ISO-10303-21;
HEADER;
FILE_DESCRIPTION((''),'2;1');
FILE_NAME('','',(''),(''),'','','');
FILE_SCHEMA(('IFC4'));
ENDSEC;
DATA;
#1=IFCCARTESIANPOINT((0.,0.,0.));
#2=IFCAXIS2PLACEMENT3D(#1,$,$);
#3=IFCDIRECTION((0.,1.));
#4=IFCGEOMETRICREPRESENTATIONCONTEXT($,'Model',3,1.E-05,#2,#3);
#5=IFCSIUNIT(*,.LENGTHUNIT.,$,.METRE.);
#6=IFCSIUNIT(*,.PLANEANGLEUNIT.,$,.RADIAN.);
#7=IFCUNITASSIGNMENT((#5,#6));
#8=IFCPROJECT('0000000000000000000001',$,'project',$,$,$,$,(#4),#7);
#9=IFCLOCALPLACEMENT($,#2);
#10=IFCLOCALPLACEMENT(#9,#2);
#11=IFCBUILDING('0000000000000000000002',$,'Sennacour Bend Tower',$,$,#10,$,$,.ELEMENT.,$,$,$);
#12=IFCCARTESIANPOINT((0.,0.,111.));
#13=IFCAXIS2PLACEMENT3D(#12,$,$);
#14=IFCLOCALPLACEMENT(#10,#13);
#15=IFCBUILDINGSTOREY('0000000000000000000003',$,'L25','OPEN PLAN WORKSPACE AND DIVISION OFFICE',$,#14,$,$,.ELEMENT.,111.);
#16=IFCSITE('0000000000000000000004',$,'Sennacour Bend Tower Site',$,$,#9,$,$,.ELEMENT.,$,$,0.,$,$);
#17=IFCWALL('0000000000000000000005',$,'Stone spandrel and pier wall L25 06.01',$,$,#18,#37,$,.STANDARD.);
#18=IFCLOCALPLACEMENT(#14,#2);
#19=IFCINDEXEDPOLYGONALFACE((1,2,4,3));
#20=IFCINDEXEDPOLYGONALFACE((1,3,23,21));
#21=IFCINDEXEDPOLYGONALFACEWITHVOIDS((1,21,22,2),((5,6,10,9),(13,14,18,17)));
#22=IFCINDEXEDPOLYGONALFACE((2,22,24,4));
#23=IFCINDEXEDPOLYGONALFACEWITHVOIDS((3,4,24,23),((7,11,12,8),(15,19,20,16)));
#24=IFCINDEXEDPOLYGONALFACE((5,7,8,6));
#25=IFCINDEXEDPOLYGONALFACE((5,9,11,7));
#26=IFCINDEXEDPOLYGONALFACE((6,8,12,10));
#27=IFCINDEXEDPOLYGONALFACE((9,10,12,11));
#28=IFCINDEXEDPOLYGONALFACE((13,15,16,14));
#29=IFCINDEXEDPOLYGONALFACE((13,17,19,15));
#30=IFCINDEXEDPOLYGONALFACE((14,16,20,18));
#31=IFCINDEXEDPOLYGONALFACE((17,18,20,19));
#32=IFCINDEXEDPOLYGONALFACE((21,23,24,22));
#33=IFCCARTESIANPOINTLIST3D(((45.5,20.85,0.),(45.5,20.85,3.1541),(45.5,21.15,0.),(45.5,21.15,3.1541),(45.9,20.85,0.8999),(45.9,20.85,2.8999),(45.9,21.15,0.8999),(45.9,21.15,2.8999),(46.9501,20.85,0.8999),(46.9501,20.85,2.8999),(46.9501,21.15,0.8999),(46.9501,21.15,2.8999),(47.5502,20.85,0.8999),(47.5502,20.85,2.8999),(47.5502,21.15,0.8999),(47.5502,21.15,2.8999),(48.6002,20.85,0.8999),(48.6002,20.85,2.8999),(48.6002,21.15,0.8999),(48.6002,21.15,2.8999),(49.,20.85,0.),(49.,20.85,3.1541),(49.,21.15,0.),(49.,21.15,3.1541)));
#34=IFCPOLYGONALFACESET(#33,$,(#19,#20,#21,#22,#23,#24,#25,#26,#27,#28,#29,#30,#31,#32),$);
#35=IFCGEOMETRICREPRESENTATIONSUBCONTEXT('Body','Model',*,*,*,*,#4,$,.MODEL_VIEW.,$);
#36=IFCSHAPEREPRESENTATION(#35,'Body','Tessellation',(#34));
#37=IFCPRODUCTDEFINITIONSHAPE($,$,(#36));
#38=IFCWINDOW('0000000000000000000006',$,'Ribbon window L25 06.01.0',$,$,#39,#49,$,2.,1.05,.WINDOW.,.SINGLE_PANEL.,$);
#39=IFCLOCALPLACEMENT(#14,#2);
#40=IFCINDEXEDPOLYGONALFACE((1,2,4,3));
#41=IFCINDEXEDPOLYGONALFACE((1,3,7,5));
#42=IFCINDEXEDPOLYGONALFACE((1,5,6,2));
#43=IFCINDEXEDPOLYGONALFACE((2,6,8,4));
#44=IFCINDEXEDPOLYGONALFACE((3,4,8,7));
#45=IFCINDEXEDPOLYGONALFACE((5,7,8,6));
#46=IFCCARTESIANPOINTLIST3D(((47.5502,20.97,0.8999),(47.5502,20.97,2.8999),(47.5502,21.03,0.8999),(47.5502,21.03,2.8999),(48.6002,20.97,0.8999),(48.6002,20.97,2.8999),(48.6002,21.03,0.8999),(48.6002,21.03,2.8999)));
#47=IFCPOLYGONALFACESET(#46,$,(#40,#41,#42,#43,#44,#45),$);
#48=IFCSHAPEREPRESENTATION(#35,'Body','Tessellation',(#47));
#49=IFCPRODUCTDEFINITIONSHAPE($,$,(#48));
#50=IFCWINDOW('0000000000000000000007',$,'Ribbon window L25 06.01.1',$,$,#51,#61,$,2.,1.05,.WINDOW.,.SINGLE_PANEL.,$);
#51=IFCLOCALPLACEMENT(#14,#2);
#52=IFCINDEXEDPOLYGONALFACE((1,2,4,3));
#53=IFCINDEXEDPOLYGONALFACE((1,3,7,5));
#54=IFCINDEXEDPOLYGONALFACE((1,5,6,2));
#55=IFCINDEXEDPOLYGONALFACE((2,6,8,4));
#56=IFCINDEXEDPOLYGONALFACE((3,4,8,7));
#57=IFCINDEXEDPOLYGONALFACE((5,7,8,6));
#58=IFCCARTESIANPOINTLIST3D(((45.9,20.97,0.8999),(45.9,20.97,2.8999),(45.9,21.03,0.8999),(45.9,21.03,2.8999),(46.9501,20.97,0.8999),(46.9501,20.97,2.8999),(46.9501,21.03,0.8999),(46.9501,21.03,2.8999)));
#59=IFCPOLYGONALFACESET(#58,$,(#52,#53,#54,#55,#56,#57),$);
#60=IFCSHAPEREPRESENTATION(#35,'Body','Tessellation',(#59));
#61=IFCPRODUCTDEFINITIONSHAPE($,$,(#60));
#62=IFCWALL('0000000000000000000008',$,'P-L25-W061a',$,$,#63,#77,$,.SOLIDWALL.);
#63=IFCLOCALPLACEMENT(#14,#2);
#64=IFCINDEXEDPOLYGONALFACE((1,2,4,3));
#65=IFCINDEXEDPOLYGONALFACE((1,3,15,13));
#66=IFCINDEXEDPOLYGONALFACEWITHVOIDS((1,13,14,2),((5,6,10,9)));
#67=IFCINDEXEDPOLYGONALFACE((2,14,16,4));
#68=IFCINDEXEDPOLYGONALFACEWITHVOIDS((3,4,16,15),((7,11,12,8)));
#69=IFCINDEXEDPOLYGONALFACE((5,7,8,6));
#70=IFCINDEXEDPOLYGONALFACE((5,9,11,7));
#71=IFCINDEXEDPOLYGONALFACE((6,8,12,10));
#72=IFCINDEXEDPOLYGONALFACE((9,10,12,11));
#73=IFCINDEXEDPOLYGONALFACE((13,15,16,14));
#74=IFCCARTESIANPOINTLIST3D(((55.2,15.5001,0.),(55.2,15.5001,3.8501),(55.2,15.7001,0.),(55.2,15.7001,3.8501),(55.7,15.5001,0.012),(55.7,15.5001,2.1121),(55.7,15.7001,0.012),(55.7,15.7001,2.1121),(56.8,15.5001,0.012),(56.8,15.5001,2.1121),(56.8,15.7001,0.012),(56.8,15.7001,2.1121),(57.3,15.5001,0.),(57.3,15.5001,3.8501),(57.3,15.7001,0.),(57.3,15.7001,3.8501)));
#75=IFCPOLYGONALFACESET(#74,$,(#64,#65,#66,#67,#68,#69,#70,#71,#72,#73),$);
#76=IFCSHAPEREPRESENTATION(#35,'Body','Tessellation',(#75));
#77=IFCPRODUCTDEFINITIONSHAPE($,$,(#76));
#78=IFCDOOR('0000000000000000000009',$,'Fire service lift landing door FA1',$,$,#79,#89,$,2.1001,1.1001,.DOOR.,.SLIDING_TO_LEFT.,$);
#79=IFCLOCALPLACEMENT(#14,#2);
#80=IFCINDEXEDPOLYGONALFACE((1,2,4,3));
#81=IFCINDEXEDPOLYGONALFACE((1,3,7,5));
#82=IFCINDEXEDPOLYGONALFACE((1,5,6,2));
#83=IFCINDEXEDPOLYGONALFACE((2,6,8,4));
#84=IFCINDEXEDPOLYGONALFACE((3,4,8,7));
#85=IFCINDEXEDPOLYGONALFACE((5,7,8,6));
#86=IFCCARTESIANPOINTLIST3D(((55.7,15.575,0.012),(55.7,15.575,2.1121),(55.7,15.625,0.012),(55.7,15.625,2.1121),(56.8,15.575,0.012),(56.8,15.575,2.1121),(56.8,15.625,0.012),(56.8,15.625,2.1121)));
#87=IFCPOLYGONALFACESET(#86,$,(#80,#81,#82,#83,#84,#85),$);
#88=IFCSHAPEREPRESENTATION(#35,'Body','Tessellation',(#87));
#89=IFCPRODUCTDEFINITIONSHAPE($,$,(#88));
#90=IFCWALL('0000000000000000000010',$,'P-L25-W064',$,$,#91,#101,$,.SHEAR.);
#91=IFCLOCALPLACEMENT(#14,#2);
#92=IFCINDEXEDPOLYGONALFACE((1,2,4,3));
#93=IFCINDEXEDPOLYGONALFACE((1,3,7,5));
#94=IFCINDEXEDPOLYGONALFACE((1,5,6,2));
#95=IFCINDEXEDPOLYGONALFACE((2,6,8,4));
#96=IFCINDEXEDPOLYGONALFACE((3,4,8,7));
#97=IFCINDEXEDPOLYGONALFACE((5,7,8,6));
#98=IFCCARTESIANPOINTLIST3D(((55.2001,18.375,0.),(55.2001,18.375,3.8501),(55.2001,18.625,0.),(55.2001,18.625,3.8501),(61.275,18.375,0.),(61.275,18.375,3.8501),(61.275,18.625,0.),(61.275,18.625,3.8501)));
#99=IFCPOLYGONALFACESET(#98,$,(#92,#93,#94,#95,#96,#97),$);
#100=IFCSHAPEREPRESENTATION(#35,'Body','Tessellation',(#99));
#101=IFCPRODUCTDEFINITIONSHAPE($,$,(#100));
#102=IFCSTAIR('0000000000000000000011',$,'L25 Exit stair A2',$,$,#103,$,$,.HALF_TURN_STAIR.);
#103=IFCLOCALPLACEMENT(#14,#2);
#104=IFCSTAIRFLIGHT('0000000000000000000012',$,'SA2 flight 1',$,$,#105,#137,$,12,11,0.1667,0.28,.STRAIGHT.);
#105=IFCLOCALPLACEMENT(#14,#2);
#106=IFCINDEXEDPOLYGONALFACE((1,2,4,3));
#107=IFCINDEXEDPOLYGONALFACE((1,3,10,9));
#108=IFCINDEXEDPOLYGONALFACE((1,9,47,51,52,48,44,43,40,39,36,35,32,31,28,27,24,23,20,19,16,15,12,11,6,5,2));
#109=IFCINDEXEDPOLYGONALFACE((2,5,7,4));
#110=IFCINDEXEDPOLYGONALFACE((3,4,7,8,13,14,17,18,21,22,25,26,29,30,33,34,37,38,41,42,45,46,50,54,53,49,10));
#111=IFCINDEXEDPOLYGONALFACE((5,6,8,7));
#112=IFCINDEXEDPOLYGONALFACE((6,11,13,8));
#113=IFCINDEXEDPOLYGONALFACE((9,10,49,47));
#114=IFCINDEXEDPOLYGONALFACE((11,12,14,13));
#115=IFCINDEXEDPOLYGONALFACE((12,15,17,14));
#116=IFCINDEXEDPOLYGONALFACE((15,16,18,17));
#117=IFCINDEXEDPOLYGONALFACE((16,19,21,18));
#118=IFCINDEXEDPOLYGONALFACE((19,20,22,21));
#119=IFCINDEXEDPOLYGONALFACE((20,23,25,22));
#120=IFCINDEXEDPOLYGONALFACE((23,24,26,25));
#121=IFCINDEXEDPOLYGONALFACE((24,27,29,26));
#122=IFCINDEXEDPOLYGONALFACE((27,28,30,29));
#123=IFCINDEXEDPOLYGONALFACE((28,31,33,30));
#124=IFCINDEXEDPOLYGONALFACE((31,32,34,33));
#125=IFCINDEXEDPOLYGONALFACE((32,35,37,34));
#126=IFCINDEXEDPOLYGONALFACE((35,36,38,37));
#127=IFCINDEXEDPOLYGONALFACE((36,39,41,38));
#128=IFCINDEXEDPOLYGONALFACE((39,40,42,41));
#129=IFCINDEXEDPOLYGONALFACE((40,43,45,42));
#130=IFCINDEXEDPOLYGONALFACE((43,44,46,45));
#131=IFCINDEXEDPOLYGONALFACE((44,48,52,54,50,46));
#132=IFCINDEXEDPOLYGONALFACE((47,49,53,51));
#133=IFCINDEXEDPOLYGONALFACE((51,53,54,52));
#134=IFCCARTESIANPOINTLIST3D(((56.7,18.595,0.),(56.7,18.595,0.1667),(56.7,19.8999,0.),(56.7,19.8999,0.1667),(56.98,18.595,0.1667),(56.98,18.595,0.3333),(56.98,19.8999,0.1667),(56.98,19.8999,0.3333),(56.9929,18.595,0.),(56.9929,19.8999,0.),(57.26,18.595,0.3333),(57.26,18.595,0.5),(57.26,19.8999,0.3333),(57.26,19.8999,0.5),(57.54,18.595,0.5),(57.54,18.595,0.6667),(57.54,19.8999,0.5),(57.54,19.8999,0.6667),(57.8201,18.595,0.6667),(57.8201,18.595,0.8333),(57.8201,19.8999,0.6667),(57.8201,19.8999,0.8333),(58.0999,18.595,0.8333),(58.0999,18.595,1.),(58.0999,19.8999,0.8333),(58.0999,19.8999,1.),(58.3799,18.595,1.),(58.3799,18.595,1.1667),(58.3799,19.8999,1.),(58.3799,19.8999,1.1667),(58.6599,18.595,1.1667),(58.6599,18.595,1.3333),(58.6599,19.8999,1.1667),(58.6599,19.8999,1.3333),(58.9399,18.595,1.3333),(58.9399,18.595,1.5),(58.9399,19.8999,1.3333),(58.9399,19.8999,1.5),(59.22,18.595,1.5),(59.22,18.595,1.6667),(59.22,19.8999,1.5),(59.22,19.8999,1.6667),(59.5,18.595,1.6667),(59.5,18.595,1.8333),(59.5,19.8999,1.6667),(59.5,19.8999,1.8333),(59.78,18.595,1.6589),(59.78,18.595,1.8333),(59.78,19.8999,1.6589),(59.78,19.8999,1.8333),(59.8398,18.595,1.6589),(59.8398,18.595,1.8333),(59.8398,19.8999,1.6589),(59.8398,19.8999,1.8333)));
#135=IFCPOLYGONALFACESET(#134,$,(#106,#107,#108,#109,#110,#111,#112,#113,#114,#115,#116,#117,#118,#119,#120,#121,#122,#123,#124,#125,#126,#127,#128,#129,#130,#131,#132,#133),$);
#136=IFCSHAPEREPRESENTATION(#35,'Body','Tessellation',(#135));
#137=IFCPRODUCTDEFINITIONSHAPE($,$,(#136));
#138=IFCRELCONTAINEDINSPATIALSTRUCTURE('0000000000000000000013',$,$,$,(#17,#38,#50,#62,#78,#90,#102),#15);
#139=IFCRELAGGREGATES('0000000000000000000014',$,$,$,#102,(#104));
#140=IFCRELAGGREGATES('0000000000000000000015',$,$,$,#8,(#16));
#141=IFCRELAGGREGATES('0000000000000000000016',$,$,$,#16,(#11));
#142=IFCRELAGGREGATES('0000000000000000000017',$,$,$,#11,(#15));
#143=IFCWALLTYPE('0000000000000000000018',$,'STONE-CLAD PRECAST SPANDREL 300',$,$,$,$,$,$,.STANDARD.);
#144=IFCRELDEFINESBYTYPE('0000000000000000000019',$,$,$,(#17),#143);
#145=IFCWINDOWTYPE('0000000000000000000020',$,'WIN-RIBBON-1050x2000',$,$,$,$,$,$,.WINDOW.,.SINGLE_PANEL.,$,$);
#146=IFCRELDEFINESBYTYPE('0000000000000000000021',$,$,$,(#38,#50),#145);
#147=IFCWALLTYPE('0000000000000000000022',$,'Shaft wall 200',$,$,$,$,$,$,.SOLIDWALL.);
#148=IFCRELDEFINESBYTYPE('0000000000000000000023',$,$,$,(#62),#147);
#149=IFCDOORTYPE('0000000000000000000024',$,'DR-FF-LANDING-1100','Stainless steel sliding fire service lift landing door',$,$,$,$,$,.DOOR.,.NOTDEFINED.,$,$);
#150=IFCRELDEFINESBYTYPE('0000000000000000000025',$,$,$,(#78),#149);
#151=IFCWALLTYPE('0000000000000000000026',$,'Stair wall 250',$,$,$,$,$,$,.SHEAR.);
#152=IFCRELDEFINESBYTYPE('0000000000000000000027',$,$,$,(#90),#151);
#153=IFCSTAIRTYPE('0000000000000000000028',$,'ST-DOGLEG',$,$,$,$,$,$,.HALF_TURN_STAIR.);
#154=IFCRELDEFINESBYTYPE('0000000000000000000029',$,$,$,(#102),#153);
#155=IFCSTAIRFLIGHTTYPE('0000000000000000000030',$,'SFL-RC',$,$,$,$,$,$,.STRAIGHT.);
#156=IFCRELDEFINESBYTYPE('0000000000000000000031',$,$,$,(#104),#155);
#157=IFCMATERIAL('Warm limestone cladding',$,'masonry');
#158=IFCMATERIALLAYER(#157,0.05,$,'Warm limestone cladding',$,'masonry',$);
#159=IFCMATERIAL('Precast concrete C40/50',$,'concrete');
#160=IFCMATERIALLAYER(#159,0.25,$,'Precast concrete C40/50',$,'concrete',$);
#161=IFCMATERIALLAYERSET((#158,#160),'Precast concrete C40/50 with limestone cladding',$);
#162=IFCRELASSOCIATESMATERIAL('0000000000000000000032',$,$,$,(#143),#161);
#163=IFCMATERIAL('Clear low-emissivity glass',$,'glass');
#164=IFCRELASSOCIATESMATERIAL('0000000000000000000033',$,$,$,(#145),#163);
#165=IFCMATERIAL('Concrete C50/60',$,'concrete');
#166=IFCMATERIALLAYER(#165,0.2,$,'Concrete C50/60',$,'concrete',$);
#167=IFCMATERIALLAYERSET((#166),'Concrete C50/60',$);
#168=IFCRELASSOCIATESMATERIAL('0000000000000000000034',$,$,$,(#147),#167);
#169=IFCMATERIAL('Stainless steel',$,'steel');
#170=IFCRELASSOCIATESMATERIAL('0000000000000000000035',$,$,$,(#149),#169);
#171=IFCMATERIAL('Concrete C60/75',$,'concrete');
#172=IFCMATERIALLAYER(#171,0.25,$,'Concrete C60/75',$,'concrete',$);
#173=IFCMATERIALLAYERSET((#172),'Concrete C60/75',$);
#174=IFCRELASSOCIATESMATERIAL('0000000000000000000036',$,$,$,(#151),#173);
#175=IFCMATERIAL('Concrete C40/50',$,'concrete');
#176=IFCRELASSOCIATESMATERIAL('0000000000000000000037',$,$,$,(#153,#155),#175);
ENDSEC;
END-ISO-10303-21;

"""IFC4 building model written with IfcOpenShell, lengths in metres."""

from ifc_helpers import new_model, si_unit, direction, frame, frame_2d, origin, place, context, subcontext, project, spatial, polyline, rectangle, outline, extrude, material, layer, layer_set, type_object, element, fill, aggregate, save


model = new_model("IFC4")

# Units and contexts
model_context = context("Model", 3, precision=1e-05, world=origin(), true_north=direction((0.0, 1.0)))
body_context = subcontext(model_context, "Body", "Model", "MODEL_VIEW")
ifc_project = project(units=[si_unit("LENGTHUNIT", "METRE"), si_unit("PLANEANGLEUNIT", "RADIAN")], contexts=[model_context])

# Site, building, storey
site_placement = place(None, origin())
site = spatial("IfcSite", under=ifc_project, at=site_placement, Name="Sennacour Bend Tower Site", CompositionType="ELEMENT", RefElevation=0.0)
building_placement = place(site_placement, origin())
building = spatial("IfcBuilding", under=site, at=building_placement, Name="Sennacour Bend Tower", CompositionType="ELEMENT")
storey_placement = place(building_placement, frame((0.0, 0.0, 111.0)))
storey = spatial("IfcBuildingStorey", under=building, at=storey_placement, Name="L25", Description="OPEN PLAN WORKSPACE AND DIVISION OFFICE", CompositionType="ELEMENT", Elevation=111.0)

# Wall, openings, windows
ifc_material_1 = material(Name="Warm limestone cladding", Category="masonry")
ifc_layer_1 = layer(ifc_material_1, 0.05, Name="Warm limestone cladding", Category="masonry")
ifc_material_2 = material(Name="Precast concrete C40/50", Category="concrete")
ifc_layer_2 = layer(ifc_material_2, 0.25, Name="Precast concrete C40/50", Category="concrete")
ifc_layer_set_1 = layer_set([ifc_layer_1, ifc_layer_2], Name="Precast concrete C40/50 with limestone cladding")
wall_type_1 = type_object("IfcWallType", Name="STONE-CLAD PRECAST SPANDREL 300", PredefinedType="STANDARD", material=ifc_layer_set_1)
ifc_material_3 = material(Name="Clear low-emissivity glass", Category="glass")
window_type_1 = type_object("IfcWindowType", Name="WIN-RIBBON-1050x2000", PartitioningType="SINGLE_PANEL", PredefinedType="WINDOW", material=ifc_material_3)
wall_1_placement = place(storey_placement, frame((49.0, 21.0, 0.0), z_axis=(0.0, 0.0, 1.0), x_axis=(-1.0, 0.0, 0.0)))
wall_1 = element("IfcWall", 1, at=wall_1_placement, inside=storey, type_object=wall_type_1, Name="Stone spandrel and pier wall L25 06.01", PredefinedType="STANDARD", context=body_context, shape_type="SweptSolid", body=[
    extrude(rectangle(XDim=3.5, YDim=0.3, at=frame_2d((1.75, 0.0))), origin(), (0.0, 0.0, 1.0), 3.1541),
])
opening_1_placement = place(wall_1_placement, frame((0.3999, 0.0, 0.8999)))
opening_1 = element("IfcOpeningElement", 2, at=opening_1_placement, cuts=wall_1, PredefinedType="OPENING", context=body_context, shape_type="SweptSolid", body=[
    extrude(rectangle(XDim=1.05, YDim=2.0, at=frame_2d((0.5249, 1.0))), frame((0.0, 0.1602, 0.0), z_axis=(0.0, -1.0, 0.0), x_axis=(1.0, 0.0, 0.0)), (0.0, 0.0, 1.0), 0.3201),
])
opening_2_placement = place(wall_1_placement, frame((2.05, 0.0, 0.8999)))
opening_2 = element("IfcOpeningElement", 3, at=opening_2_placement, cuts=wall_1, PredefinedType="OPENING", context=body_context, shape_type="SweptSolid", body=[
    extrude(rectangle(XDim=1.05, YDim=2.0, at=frame_2d((0.5249, 1.0))), frame((0.0, 0.1602, 0.0), z_axis=(0.0, -1.0, 0.0), x_axis=(1.0, 0.0, 0.0)), (0.0, 0.0, 1.0), 0.3201),
])
window_1_placement = place(opening_1_placement, origin())
window_1 = element("IfcWindow", 4, at=window_1_placement, inside=storey, type_object=window_type_1, Name="Ribbon window L25 06.01.0", OverallHeight=2.0, OverallWidth=1.05, PartitioningType="SINGLE_PANEL", PredefinedType="WINDOW", context=body_context, shape_type="SweptSolid", body=[
    extrude(rectangle(XDim=1.05, YDim=2.0, at=frame_2d((0.5249, 1.0))), frame((0.0, 0.03, 0.0), z_axis=(0.0, -1.0, 0.0), x_axis=(1.0, 0.0, 0.0)), (0.0, 0.0, 1.0), 0.0601),
])
fill(opening_1, window_1)
window_2_placement = place(opening_2_placement, origin())
window_2 = element("IfcWindow", 5, at=window_2_placement, inside=storey, type_object=window_type_1, Name="Ribbon window L25 06.01.1", OverallHeight=2.0, OverallWidth=1.05, PartitioningType="SINGLE_PANEL", PredefinedType="WINDOW", context=body_context, shape_type="SweptSolid", body=[
    extrude(rectangle(XDim=1.05, YDim=2.0, at=frame_2d((0.5249, 1.0))), frame((0.0, 0.03, 0.0), z_axis=(0.0, -1.0, 0.0), x_axis=(1.0, 0.0, 0.0)), (0.0, 0.0, 1.0), 0.0601),
])
fill(opening_2, window_2)

# Wall, opening, door
ifc_material_4 = material(Name="Concrete C50/60", Category="concrete")
ifc_layer_3 = layer(ifc_material_4, 0.2, Name="Concrete C50/60", Category="concrete")
ifc_layer_set_2 = layer_set([ifc_layer_3], Name="Concrete C50/60")
wall_type_2 = type_object("IfcWallType", Name="Shaft wall 200", PredefinedType="SOLIDWALL", material=ifc_layer_set_2)
wall_2_placement = place(storey_placement, frame((55.2, 15.6001, 0.0), z_axis=(0.0, 0.0, 1.0), x_axis=(1.0, 0.0, 0.0)))
wall_2 = element("IfcWall", 6, at=wall_2_placement, inside=storey, type_object=wall_type_2, Name="P-L25-W061a", PredefinedType="SOLIDWALL", context=body_context, shape_type="SweptSolid", body=[
    extrude(rectangle(XDim=2.1001, YDim=0.2, at=frame_2d((1.05, 0.0))), origin(), (0.0, 0.0, 1.0), 3.8501),
])
opening_3_placement = place(wall_2_placement, frame((0.5, 0.0, 0.012)))
opening_3 = element("IfcOpeningElement", 7, at=opening_3_placement, cuts=wall_2, PredefinedType="OPENING", context=body_context, shape_type="SweptSolid", body=[
    extrude(rectangle(XDim=1.1001, YDim=2.1001, at=frame_2d((0.55, 1.05))), frame((0.0, 0.1099, 0.0), z_axis=(0.0, -1.0, 0.0), x_axis=(1.0, 0.0, 0.0)), (0.0, 0.0, 1.0), 0.22),
])
ifc_material_5 = material(Name="Stainless steel", Category="steel")
door_type_1 = type_object("IfcDoorType", Name="DR-FF-LANDING-1100", Description="Stainless steel sliding fire service lift landing door", OperationType="NOTDEFINED", PredefinedType="DOOR", material=ifc_material_5)
door_1_placement = place(opening_3_placement, origin())
door_1 = element("IfcDoor", 8, at=door_1_placement, inside=storey, type_object=door_type_1, Name="Fire service lift landing door FA1", OperationType="SLIDING_TO_LEFT", OverallHeight=2.1001, OverallWidth=1.1001, PredefinedType="DOOR", context=body_context, shape_type="SweptSolid", body=[
    extrude(rectangle(XDim=1.1001, YDim=2.1001, at=frame_2d((0.55, 1.05))), frame((0.0, 0.0249, 0.0), z_axis=(0.0, -1.0, 0.0), x_axis=(1.0, 0.0, 0.0)), (0.0, 0.0, 1.0), 0.05),
])
fill(opening_3, door_1)

# Wall
ifc_material_6 = material(Name="Concrete C60/75", Category="concrete")
ifc_layer_4 = layer(ifc_material_6, 0.25, Name="Concrete C60/75", Category="concrete")
ifc_layer_set_3 = layer_set([ifc_layer_4], Name="Concrete C60/75")
wall_type_3 = type_object("IfcWallType", Name="Stair wall 250", PredefinedType="SHEAR", material=ifc_layer_set_3)
wall_3_placement = place(storey_placement, frame((55.2, 18.5, 0.0), z_axis=(0.0, 0.0, 1.0), x_axis=(1.0, 0.0, 0.0)))
element("IfcWall", 9, at=wall_3_placement, inside=storey, type_object=wall_type_3, Name="P-L25-W064", PredefinedType="SHEAR", context=body_context, shape_type="SweptSolid", body=[
    extrude(rectangle(XDim=6.075, YDim=0.25, at=frame_2d((3.0376, 0.0))), origin(), (0.0, 0.0, 1.0), 3.8501),
])

# Stair, stair flight
ifc_material_7 = material(Name="Concrete C40/50", Category="concrete")
stair_type = type_object("IfcStairType", Name="ST-DOGLEG", PredefinedType="HALF_TURN_STAIR", material=ifc_material_7)
stair_placement = place(storey_placement, origin())
stair = element("IfcStair", 10, at=stair_placement, inside=storey, type_object=stair_type, Name="L25 Exit stair A2", PredefinedType="HALF_TURN_STAIR")
stair_flight_type = type_object("IfcStairFlightType", Name="SFL-RC", PredefinedType="STRAIGHT", material=ifc_material_7)
stair_flight_placement = place(storey_placement, frame((56.7, 19.2476, 0.0), z_axis=(0.0, 0.0, 1.0), x_axis=(1.0, 0.0, 0.0)))
stair_flight = element("IfcStairFlight", 11, at=stair_flight_placement, type_object=stair_flight_type, Name="SA2 flight 1", NumberOfRisers=12, NumberOfTreads=11, PredefinedType="STRAIGHT", RiserHeight=0.1667, TreadLength=0.28, context=body_context, shape_type="SweptSolid", body=[
    extrude(outline(polyline([(0.0, 0.0), (0.0, 0.1667), (0.28, 0.1667), (0.28, 0.3333), (0.5601, 0.3333), (0.5601, 0.5), (0.8401, 0.5), (0.8401, 0.6667), (1.1201, 0.6667), (1.1201, 0.8333), (1.3999, 0.8333), (1.3999, 1.0), (1.6799, 1.0), (1.6799, 1.1667), (1.96, 1.1667), (1.96, 1.3333), (2.24, 1.3333), (2.24, 1.5), (2.52, 1.5), (2.52, 1.6667), (2.8, 1.6667), (2.8, 1.8333), (3.0801, 1.8333), (3.1399, 1.8333), (3.1399, 1.6589), (3.0801, 1.6589), (0.293, 0.0), (0.0, 0.0)])), frame((0.0, 0.6523, 0.0), z_axis=(0.0, -1.0, 0.0), x_axis=(1.0, 0.0, 0.0)), (0.0, 0.0, 1.0), 1.3049),
])
aggregate(stair, [stair_flight])

save(model, "model.ifc")
